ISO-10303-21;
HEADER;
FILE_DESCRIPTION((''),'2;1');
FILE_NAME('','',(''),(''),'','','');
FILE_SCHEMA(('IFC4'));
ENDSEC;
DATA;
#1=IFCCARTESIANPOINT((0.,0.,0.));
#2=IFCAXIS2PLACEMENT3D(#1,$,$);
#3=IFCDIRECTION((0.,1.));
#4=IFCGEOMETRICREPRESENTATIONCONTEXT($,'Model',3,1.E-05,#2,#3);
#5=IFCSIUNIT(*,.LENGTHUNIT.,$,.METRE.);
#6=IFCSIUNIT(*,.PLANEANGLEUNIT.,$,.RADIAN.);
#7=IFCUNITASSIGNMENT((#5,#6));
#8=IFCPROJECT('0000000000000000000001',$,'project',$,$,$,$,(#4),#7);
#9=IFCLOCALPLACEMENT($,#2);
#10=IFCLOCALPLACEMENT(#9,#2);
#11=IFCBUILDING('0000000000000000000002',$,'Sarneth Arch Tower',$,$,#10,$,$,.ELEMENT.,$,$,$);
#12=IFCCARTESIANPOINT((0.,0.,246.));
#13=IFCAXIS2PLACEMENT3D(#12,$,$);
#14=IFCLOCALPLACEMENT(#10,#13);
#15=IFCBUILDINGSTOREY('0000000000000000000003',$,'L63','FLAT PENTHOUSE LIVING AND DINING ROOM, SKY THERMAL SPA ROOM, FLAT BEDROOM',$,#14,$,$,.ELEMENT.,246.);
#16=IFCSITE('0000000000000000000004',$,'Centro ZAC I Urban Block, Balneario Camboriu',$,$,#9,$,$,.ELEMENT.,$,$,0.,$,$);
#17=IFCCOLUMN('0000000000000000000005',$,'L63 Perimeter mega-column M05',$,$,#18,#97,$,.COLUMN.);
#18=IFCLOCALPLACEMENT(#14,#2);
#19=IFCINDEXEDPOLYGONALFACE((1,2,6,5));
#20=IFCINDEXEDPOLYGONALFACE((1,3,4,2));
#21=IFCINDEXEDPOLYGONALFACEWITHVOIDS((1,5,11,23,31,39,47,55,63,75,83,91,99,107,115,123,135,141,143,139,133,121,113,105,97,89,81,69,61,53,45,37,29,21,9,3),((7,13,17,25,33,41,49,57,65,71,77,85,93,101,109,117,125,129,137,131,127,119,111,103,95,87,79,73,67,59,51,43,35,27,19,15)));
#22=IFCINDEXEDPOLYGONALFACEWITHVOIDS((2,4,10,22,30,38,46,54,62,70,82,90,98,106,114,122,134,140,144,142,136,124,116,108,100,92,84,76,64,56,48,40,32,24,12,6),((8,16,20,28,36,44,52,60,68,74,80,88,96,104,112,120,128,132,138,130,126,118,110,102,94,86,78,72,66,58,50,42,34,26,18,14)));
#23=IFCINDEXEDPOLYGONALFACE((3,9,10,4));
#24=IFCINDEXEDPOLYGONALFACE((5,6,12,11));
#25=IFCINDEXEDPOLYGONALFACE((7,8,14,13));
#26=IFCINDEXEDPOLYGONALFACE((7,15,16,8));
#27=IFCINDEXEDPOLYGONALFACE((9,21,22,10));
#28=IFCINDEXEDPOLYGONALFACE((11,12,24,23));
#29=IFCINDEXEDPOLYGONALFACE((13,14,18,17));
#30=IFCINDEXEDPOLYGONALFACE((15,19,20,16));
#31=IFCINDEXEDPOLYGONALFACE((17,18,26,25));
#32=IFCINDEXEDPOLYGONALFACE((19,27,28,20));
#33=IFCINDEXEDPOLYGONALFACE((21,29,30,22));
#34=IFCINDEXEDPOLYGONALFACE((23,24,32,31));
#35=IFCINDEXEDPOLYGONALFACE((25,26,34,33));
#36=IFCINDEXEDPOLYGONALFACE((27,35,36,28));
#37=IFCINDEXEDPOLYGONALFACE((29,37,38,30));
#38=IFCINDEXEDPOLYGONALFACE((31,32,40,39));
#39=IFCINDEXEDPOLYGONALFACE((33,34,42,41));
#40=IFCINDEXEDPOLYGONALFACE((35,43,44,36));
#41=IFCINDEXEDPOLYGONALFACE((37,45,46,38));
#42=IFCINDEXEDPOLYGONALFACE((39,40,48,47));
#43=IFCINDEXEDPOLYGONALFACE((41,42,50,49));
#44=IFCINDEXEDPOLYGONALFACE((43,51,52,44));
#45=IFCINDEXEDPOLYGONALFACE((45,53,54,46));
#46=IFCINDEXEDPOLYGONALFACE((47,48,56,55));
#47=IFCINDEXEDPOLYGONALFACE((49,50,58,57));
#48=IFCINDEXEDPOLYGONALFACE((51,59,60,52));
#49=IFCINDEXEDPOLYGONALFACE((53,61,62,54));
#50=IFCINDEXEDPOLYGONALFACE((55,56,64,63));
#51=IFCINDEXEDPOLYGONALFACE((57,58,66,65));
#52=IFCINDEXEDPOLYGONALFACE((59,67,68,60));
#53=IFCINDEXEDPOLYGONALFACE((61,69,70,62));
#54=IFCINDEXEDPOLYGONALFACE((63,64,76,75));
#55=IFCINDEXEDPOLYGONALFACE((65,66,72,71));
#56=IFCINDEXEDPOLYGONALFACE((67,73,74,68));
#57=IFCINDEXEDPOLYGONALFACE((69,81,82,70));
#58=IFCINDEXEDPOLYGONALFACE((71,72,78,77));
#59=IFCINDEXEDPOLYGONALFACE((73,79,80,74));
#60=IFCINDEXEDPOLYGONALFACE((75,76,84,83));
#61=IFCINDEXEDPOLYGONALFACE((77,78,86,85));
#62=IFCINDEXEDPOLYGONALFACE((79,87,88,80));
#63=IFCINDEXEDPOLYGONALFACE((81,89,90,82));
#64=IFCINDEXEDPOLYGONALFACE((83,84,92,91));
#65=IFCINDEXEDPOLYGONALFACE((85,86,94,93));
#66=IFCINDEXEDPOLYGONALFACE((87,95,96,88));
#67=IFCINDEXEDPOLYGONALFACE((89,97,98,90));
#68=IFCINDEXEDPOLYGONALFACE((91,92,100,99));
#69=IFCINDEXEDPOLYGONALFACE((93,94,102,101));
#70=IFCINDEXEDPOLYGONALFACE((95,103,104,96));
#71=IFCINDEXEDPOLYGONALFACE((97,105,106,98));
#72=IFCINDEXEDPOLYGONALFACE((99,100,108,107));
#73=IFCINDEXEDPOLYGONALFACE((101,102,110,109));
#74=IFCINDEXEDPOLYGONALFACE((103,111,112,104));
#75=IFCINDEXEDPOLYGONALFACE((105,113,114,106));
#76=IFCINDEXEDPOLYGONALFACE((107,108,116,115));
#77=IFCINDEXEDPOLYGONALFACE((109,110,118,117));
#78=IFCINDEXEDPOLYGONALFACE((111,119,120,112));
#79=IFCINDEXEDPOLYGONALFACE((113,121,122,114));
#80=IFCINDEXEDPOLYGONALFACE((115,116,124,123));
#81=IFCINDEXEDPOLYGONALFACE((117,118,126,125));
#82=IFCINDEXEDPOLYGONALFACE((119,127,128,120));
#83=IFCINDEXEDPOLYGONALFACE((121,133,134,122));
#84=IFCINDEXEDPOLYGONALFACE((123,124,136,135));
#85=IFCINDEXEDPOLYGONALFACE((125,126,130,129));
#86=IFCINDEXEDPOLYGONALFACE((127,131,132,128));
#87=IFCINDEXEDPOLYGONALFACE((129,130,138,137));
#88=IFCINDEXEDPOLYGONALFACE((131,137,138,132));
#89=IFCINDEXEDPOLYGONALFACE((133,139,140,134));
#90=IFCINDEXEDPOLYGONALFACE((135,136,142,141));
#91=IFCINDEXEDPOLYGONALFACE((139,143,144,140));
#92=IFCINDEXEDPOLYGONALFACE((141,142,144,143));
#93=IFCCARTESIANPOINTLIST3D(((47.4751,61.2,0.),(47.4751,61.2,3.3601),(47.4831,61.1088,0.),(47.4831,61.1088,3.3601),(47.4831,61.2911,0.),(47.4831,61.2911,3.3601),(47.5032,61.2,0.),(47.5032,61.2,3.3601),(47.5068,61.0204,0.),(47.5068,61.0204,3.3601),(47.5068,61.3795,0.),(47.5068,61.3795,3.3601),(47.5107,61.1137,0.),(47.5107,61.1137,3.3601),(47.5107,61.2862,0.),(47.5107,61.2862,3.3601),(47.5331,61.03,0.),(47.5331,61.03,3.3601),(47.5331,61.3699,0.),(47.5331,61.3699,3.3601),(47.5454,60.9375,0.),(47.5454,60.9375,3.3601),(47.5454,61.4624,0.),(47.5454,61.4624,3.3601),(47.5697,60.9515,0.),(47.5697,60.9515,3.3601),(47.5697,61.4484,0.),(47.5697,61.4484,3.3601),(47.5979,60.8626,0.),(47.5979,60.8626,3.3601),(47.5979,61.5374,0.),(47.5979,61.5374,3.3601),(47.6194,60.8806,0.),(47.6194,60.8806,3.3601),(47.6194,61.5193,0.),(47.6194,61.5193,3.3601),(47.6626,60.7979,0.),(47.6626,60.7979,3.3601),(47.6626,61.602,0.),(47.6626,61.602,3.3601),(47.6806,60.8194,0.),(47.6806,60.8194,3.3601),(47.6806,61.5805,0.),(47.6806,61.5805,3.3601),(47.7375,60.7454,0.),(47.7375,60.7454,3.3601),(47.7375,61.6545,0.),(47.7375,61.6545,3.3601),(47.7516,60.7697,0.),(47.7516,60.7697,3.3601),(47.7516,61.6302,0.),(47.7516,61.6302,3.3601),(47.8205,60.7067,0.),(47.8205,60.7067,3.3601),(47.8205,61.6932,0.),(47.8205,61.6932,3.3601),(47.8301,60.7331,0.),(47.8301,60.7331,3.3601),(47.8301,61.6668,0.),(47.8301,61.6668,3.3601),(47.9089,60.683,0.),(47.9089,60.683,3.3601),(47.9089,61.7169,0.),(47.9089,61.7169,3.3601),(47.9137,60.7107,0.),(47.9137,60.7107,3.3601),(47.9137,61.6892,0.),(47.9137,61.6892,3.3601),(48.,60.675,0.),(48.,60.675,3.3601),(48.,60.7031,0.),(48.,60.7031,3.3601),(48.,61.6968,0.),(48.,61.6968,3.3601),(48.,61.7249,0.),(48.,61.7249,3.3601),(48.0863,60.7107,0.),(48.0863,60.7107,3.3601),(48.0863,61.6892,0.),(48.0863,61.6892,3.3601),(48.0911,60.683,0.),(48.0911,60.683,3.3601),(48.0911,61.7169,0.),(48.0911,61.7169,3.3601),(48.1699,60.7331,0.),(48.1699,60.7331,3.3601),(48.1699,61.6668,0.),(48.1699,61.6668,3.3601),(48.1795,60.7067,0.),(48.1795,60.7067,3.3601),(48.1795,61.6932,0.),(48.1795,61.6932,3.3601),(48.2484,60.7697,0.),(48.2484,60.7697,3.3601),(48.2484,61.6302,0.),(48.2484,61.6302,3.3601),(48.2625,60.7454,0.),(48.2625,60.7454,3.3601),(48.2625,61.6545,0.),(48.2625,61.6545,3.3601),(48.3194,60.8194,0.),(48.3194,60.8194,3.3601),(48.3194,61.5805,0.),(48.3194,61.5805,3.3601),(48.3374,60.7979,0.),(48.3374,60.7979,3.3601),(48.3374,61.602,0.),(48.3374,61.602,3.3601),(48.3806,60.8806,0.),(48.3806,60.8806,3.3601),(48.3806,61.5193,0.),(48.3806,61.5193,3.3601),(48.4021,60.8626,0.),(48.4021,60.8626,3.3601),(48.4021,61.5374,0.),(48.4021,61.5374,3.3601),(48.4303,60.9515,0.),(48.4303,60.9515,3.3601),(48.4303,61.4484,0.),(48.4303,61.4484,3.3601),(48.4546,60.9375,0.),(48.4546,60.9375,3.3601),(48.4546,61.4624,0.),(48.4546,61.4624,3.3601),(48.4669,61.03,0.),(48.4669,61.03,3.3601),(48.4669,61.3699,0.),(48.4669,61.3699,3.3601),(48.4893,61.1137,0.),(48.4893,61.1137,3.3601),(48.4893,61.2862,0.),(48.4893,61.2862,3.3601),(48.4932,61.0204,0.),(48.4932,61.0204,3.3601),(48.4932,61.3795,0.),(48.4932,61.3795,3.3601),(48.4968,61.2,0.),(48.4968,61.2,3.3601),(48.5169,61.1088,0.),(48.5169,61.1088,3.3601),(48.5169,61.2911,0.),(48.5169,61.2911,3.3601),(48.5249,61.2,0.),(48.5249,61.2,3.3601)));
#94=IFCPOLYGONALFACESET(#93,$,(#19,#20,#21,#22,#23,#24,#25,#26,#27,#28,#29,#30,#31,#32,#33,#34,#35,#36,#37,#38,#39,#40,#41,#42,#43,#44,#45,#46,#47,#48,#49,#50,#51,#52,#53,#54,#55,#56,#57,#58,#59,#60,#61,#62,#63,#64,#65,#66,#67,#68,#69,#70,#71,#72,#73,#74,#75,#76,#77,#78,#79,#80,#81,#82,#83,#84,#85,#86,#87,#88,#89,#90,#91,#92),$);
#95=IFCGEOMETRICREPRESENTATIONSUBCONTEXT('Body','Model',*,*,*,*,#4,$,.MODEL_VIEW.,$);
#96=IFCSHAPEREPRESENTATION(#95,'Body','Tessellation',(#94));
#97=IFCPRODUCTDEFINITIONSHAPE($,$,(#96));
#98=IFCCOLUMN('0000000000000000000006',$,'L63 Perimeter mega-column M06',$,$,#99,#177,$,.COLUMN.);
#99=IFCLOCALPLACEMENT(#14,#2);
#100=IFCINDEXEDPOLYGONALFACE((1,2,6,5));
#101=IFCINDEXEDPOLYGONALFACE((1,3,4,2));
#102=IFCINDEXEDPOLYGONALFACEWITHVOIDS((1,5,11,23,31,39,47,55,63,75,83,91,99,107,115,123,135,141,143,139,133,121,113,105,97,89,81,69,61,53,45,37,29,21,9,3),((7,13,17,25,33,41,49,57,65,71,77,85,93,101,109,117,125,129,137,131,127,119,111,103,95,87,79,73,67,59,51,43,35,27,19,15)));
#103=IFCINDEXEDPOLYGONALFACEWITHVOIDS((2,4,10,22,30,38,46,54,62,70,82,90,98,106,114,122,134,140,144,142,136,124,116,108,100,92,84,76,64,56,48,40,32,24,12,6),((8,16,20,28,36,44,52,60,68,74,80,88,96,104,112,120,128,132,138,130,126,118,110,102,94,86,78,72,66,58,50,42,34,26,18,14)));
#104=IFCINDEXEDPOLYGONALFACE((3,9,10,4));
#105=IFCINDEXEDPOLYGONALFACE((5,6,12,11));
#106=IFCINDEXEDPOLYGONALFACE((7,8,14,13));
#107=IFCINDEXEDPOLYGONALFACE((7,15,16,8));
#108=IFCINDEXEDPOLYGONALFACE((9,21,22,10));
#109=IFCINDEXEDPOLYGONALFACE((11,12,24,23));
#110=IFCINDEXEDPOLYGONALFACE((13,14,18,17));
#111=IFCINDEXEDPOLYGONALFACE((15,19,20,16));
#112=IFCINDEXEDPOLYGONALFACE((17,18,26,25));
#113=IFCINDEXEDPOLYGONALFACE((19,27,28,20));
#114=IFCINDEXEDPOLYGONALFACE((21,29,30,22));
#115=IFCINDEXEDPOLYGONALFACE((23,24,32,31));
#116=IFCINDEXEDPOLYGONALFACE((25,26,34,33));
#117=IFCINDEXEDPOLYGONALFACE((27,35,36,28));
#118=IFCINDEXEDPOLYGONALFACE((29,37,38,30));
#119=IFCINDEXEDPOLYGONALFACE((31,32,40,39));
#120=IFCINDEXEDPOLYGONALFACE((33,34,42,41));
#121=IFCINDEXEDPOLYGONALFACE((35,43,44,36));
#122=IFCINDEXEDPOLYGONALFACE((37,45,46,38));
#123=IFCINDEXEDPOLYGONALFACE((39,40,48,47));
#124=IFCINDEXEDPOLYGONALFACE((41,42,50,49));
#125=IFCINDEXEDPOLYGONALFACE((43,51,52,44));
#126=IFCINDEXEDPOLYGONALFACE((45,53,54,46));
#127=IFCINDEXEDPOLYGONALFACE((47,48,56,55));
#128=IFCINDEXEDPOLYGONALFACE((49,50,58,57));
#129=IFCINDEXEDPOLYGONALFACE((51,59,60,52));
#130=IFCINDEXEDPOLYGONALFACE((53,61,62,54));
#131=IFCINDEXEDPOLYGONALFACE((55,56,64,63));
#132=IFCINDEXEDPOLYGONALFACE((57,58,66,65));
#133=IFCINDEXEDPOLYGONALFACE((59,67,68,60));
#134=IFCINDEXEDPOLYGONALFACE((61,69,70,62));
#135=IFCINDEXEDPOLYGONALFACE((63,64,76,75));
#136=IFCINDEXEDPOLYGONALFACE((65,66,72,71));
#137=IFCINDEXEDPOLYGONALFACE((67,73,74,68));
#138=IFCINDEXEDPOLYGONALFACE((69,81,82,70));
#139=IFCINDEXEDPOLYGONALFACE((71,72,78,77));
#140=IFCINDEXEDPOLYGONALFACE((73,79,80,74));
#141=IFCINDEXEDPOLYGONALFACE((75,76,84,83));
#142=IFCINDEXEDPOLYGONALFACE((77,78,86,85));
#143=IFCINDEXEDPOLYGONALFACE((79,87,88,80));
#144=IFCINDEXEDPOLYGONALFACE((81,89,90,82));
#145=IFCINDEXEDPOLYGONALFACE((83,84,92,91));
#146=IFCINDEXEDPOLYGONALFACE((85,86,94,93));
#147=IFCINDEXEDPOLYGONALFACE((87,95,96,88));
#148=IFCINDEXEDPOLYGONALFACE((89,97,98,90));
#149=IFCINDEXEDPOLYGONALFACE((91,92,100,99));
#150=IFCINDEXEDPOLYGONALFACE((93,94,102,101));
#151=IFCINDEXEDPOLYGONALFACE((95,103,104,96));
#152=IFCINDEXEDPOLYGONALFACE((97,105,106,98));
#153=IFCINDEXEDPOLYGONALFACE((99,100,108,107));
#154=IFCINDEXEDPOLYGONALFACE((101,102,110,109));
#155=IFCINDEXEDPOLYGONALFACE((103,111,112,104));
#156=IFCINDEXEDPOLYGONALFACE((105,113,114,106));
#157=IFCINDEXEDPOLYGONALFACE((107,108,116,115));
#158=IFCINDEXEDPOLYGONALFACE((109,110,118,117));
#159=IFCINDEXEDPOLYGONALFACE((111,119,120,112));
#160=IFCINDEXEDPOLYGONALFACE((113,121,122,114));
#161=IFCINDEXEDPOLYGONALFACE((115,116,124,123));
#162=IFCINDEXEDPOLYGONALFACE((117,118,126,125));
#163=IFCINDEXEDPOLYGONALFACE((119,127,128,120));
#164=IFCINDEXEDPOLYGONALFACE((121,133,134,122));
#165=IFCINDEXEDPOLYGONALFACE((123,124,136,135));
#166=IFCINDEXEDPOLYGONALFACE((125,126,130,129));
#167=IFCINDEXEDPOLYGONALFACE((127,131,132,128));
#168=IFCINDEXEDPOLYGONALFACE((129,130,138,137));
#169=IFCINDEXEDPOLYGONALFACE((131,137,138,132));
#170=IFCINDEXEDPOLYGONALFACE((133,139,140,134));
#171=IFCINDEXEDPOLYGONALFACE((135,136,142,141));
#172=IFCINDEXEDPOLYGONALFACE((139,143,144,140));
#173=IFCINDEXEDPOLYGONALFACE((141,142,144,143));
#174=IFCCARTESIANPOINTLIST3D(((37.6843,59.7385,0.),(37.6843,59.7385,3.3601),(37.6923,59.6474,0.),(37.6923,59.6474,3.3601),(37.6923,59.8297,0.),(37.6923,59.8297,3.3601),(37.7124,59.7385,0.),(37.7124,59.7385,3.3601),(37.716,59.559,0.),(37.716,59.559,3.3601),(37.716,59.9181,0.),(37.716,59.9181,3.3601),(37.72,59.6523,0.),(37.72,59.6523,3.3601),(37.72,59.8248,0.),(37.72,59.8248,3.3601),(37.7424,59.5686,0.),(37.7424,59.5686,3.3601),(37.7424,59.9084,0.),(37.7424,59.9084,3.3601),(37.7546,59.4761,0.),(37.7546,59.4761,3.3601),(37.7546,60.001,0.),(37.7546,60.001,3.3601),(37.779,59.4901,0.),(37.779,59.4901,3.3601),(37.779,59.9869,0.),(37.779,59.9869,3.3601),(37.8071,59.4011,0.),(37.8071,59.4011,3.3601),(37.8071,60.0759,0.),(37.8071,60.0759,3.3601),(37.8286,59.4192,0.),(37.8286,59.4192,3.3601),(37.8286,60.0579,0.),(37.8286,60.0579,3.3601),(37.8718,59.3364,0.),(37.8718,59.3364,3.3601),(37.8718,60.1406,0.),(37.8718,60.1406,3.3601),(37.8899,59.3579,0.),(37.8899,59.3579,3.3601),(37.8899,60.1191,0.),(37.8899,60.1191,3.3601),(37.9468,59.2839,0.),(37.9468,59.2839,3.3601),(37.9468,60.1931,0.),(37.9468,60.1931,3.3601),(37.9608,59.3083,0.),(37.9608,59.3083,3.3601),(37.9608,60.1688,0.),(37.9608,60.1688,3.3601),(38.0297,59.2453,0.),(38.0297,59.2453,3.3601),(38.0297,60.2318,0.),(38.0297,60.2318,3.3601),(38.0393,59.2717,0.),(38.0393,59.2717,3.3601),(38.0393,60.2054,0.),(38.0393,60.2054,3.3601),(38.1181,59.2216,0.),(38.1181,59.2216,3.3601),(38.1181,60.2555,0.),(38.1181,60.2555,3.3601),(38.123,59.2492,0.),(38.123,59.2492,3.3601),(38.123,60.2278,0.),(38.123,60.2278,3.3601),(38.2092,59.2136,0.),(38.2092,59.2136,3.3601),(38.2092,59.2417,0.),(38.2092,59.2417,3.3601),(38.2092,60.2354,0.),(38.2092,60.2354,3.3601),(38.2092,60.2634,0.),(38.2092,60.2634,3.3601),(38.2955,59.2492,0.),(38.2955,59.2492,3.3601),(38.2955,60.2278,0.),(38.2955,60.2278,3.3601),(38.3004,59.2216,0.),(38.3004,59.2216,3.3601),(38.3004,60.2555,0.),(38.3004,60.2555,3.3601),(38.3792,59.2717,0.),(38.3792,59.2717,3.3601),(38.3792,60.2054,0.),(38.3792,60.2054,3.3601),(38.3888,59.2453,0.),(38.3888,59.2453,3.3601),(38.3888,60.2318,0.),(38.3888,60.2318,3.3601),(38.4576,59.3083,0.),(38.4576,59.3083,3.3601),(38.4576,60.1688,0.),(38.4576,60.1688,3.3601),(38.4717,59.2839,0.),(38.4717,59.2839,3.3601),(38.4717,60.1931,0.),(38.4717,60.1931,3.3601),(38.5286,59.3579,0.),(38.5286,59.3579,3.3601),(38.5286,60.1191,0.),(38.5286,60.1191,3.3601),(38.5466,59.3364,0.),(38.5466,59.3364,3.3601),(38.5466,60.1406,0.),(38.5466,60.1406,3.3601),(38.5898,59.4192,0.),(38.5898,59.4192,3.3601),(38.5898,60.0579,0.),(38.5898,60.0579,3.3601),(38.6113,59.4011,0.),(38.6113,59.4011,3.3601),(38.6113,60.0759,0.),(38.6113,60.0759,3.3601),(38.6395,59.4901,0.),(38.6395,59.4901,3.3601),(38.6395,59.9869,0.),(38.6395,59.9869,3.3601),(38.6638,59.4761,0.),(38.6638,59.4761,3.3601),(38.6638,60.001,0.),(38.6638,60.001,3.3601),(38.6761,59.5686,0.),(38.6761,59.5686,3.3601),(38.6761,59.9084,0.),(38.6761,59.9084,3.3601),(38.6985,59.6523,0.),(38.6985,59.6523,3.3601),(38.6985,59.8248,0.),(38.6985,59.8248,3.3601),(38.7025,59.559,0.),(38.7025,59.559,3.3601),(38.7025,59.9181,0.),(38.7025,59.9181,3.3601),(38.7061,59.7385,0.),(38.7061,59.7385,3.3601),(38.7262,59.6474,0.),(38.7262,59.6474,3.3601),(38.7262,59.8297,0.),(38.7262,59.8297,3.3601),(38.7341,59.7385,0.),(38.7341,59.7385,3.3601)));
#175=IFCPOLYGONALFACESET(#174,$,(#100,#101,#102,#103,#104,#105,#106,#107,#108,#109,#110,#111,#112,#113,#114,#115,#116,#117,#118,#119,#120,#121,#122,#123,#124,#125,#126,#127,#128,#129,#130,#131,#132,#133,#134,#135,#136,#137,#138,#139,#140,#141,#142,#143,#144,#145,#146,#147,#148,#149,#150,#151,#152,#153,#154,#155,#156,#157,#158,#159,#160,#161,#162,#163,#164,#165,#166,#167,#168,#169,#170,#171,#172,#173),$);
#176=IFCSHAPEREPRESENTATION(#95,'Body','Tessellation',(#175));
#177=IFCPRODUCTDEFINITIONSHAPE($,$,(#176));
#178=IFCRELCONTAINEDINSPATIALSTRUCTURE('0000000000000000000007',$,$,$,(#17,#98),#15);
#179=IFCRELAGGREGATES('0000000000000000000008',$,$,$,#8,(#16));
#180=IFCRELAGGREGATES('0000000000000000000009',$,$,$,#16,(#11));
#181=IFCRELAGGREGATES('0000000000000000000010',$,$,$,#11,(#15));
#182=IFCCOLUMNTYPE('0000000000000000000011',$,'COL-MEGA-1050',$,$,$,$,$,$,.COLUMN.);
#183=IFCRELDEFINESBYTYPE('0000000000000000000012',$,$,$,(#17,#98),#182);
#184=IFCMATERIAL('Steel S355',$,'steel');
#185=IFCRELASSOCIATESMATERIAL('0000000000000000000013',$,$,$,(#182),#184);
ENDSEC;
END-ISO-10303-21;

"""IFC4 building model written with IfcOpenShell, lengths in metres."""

from ifc_helpers import new_model, si_unit, direction, frame, origin, origin_2d, place, context, subcontext, project, spatial, hollow_circle, extrude, material, material_profile, profile_set, type_object, element, save


model = new_model("IFC4")

# Units and contexts
model_context = context("Model", 3, precision=1e-05, world=origin(), true_north=direction((0.0, 1.0)))
body_context = subcontext(model_context, "Body", "Model", "MODEL_VIEW")
ifc_project = project(units=[si_unit("LENGTHUNIT", "METRE"), si_unit("PLANEANGLEUNIT", "RADIAN")], contexts=[model_context])

# Site, building, storey
site_placement = place(None, origin())
site = spatial("IfcSite", under=ifc_project, at=site_placement, Name="Centro ZAC I Urban Block, Balneario Camboriu", CompositionType="ELEMENT", RefElevation=0.0)
building_placement = place(site_placement, origin())
building = spatial("IfcBuilding", under=site, at=building_placement, Name="Sarneth Arch Tower", CompositionType="ELEMENT")
storey_placement = place(building_placement, frame((0.0, 0.0, 246.0)))
storey = spatial("IfcBuildingStorey", under=building, at=storey_placement, Name="L63", Description="FLAT PENTHOUSE LIVING AND DINING ROOM, SKY THERMAL SPA ROOM, FLAT BEDROOM", CompositionType="ELEMENT", Elevation=246.0)

# Columns
ifc_material_1 = material(Name="Steel S355", Category="steel")
ifc_material_profile_1 = material_profile(ifc_material_1, hollow_circle(Radius=0.5249, WallThickness=0.0281, at=origin_2d()), Name="CHS1050x28")
ifc_profile_set_1 = profile_set([ifc_material_profile_1], Name="Steel S355")
column_type = type_object("IfcColumnType", Name="COL-MEGA-1050", PredefinedType="COLUMN", material=ifc_profile_set_1)
for number, where, z_axis, x_axis, name in (
    (1, (48.0, 61.2, 0.0), (0.0, 0.0, 1.0), (1.0, 0.0, 0.0), "L63 Perimeter mega-column M05"),
    (2, (38.2092, 59.7385, 0.0), (0.0, 0.0, 1.0), (1.0, 0.0, 0.0), "L63 Perimeter mega-column M06"),
):
    element("IfcColumn", number, at=place(storey_placement, frame(where, z_axis=z_axis, x_axis=x_axis)), inside=storey, type_object=column_type, Name=name, PredefinedType="COLUMN", context=body_context, shape_type="SweptSolid", body=[
        extrude(hollow_circle(Radius=0.5249, WallThickness=0.0281, at=origin_2d()), origin(), (0.0, 0.0, 1.0), 3.3601),
    ])

save(model, "model.ifc")
